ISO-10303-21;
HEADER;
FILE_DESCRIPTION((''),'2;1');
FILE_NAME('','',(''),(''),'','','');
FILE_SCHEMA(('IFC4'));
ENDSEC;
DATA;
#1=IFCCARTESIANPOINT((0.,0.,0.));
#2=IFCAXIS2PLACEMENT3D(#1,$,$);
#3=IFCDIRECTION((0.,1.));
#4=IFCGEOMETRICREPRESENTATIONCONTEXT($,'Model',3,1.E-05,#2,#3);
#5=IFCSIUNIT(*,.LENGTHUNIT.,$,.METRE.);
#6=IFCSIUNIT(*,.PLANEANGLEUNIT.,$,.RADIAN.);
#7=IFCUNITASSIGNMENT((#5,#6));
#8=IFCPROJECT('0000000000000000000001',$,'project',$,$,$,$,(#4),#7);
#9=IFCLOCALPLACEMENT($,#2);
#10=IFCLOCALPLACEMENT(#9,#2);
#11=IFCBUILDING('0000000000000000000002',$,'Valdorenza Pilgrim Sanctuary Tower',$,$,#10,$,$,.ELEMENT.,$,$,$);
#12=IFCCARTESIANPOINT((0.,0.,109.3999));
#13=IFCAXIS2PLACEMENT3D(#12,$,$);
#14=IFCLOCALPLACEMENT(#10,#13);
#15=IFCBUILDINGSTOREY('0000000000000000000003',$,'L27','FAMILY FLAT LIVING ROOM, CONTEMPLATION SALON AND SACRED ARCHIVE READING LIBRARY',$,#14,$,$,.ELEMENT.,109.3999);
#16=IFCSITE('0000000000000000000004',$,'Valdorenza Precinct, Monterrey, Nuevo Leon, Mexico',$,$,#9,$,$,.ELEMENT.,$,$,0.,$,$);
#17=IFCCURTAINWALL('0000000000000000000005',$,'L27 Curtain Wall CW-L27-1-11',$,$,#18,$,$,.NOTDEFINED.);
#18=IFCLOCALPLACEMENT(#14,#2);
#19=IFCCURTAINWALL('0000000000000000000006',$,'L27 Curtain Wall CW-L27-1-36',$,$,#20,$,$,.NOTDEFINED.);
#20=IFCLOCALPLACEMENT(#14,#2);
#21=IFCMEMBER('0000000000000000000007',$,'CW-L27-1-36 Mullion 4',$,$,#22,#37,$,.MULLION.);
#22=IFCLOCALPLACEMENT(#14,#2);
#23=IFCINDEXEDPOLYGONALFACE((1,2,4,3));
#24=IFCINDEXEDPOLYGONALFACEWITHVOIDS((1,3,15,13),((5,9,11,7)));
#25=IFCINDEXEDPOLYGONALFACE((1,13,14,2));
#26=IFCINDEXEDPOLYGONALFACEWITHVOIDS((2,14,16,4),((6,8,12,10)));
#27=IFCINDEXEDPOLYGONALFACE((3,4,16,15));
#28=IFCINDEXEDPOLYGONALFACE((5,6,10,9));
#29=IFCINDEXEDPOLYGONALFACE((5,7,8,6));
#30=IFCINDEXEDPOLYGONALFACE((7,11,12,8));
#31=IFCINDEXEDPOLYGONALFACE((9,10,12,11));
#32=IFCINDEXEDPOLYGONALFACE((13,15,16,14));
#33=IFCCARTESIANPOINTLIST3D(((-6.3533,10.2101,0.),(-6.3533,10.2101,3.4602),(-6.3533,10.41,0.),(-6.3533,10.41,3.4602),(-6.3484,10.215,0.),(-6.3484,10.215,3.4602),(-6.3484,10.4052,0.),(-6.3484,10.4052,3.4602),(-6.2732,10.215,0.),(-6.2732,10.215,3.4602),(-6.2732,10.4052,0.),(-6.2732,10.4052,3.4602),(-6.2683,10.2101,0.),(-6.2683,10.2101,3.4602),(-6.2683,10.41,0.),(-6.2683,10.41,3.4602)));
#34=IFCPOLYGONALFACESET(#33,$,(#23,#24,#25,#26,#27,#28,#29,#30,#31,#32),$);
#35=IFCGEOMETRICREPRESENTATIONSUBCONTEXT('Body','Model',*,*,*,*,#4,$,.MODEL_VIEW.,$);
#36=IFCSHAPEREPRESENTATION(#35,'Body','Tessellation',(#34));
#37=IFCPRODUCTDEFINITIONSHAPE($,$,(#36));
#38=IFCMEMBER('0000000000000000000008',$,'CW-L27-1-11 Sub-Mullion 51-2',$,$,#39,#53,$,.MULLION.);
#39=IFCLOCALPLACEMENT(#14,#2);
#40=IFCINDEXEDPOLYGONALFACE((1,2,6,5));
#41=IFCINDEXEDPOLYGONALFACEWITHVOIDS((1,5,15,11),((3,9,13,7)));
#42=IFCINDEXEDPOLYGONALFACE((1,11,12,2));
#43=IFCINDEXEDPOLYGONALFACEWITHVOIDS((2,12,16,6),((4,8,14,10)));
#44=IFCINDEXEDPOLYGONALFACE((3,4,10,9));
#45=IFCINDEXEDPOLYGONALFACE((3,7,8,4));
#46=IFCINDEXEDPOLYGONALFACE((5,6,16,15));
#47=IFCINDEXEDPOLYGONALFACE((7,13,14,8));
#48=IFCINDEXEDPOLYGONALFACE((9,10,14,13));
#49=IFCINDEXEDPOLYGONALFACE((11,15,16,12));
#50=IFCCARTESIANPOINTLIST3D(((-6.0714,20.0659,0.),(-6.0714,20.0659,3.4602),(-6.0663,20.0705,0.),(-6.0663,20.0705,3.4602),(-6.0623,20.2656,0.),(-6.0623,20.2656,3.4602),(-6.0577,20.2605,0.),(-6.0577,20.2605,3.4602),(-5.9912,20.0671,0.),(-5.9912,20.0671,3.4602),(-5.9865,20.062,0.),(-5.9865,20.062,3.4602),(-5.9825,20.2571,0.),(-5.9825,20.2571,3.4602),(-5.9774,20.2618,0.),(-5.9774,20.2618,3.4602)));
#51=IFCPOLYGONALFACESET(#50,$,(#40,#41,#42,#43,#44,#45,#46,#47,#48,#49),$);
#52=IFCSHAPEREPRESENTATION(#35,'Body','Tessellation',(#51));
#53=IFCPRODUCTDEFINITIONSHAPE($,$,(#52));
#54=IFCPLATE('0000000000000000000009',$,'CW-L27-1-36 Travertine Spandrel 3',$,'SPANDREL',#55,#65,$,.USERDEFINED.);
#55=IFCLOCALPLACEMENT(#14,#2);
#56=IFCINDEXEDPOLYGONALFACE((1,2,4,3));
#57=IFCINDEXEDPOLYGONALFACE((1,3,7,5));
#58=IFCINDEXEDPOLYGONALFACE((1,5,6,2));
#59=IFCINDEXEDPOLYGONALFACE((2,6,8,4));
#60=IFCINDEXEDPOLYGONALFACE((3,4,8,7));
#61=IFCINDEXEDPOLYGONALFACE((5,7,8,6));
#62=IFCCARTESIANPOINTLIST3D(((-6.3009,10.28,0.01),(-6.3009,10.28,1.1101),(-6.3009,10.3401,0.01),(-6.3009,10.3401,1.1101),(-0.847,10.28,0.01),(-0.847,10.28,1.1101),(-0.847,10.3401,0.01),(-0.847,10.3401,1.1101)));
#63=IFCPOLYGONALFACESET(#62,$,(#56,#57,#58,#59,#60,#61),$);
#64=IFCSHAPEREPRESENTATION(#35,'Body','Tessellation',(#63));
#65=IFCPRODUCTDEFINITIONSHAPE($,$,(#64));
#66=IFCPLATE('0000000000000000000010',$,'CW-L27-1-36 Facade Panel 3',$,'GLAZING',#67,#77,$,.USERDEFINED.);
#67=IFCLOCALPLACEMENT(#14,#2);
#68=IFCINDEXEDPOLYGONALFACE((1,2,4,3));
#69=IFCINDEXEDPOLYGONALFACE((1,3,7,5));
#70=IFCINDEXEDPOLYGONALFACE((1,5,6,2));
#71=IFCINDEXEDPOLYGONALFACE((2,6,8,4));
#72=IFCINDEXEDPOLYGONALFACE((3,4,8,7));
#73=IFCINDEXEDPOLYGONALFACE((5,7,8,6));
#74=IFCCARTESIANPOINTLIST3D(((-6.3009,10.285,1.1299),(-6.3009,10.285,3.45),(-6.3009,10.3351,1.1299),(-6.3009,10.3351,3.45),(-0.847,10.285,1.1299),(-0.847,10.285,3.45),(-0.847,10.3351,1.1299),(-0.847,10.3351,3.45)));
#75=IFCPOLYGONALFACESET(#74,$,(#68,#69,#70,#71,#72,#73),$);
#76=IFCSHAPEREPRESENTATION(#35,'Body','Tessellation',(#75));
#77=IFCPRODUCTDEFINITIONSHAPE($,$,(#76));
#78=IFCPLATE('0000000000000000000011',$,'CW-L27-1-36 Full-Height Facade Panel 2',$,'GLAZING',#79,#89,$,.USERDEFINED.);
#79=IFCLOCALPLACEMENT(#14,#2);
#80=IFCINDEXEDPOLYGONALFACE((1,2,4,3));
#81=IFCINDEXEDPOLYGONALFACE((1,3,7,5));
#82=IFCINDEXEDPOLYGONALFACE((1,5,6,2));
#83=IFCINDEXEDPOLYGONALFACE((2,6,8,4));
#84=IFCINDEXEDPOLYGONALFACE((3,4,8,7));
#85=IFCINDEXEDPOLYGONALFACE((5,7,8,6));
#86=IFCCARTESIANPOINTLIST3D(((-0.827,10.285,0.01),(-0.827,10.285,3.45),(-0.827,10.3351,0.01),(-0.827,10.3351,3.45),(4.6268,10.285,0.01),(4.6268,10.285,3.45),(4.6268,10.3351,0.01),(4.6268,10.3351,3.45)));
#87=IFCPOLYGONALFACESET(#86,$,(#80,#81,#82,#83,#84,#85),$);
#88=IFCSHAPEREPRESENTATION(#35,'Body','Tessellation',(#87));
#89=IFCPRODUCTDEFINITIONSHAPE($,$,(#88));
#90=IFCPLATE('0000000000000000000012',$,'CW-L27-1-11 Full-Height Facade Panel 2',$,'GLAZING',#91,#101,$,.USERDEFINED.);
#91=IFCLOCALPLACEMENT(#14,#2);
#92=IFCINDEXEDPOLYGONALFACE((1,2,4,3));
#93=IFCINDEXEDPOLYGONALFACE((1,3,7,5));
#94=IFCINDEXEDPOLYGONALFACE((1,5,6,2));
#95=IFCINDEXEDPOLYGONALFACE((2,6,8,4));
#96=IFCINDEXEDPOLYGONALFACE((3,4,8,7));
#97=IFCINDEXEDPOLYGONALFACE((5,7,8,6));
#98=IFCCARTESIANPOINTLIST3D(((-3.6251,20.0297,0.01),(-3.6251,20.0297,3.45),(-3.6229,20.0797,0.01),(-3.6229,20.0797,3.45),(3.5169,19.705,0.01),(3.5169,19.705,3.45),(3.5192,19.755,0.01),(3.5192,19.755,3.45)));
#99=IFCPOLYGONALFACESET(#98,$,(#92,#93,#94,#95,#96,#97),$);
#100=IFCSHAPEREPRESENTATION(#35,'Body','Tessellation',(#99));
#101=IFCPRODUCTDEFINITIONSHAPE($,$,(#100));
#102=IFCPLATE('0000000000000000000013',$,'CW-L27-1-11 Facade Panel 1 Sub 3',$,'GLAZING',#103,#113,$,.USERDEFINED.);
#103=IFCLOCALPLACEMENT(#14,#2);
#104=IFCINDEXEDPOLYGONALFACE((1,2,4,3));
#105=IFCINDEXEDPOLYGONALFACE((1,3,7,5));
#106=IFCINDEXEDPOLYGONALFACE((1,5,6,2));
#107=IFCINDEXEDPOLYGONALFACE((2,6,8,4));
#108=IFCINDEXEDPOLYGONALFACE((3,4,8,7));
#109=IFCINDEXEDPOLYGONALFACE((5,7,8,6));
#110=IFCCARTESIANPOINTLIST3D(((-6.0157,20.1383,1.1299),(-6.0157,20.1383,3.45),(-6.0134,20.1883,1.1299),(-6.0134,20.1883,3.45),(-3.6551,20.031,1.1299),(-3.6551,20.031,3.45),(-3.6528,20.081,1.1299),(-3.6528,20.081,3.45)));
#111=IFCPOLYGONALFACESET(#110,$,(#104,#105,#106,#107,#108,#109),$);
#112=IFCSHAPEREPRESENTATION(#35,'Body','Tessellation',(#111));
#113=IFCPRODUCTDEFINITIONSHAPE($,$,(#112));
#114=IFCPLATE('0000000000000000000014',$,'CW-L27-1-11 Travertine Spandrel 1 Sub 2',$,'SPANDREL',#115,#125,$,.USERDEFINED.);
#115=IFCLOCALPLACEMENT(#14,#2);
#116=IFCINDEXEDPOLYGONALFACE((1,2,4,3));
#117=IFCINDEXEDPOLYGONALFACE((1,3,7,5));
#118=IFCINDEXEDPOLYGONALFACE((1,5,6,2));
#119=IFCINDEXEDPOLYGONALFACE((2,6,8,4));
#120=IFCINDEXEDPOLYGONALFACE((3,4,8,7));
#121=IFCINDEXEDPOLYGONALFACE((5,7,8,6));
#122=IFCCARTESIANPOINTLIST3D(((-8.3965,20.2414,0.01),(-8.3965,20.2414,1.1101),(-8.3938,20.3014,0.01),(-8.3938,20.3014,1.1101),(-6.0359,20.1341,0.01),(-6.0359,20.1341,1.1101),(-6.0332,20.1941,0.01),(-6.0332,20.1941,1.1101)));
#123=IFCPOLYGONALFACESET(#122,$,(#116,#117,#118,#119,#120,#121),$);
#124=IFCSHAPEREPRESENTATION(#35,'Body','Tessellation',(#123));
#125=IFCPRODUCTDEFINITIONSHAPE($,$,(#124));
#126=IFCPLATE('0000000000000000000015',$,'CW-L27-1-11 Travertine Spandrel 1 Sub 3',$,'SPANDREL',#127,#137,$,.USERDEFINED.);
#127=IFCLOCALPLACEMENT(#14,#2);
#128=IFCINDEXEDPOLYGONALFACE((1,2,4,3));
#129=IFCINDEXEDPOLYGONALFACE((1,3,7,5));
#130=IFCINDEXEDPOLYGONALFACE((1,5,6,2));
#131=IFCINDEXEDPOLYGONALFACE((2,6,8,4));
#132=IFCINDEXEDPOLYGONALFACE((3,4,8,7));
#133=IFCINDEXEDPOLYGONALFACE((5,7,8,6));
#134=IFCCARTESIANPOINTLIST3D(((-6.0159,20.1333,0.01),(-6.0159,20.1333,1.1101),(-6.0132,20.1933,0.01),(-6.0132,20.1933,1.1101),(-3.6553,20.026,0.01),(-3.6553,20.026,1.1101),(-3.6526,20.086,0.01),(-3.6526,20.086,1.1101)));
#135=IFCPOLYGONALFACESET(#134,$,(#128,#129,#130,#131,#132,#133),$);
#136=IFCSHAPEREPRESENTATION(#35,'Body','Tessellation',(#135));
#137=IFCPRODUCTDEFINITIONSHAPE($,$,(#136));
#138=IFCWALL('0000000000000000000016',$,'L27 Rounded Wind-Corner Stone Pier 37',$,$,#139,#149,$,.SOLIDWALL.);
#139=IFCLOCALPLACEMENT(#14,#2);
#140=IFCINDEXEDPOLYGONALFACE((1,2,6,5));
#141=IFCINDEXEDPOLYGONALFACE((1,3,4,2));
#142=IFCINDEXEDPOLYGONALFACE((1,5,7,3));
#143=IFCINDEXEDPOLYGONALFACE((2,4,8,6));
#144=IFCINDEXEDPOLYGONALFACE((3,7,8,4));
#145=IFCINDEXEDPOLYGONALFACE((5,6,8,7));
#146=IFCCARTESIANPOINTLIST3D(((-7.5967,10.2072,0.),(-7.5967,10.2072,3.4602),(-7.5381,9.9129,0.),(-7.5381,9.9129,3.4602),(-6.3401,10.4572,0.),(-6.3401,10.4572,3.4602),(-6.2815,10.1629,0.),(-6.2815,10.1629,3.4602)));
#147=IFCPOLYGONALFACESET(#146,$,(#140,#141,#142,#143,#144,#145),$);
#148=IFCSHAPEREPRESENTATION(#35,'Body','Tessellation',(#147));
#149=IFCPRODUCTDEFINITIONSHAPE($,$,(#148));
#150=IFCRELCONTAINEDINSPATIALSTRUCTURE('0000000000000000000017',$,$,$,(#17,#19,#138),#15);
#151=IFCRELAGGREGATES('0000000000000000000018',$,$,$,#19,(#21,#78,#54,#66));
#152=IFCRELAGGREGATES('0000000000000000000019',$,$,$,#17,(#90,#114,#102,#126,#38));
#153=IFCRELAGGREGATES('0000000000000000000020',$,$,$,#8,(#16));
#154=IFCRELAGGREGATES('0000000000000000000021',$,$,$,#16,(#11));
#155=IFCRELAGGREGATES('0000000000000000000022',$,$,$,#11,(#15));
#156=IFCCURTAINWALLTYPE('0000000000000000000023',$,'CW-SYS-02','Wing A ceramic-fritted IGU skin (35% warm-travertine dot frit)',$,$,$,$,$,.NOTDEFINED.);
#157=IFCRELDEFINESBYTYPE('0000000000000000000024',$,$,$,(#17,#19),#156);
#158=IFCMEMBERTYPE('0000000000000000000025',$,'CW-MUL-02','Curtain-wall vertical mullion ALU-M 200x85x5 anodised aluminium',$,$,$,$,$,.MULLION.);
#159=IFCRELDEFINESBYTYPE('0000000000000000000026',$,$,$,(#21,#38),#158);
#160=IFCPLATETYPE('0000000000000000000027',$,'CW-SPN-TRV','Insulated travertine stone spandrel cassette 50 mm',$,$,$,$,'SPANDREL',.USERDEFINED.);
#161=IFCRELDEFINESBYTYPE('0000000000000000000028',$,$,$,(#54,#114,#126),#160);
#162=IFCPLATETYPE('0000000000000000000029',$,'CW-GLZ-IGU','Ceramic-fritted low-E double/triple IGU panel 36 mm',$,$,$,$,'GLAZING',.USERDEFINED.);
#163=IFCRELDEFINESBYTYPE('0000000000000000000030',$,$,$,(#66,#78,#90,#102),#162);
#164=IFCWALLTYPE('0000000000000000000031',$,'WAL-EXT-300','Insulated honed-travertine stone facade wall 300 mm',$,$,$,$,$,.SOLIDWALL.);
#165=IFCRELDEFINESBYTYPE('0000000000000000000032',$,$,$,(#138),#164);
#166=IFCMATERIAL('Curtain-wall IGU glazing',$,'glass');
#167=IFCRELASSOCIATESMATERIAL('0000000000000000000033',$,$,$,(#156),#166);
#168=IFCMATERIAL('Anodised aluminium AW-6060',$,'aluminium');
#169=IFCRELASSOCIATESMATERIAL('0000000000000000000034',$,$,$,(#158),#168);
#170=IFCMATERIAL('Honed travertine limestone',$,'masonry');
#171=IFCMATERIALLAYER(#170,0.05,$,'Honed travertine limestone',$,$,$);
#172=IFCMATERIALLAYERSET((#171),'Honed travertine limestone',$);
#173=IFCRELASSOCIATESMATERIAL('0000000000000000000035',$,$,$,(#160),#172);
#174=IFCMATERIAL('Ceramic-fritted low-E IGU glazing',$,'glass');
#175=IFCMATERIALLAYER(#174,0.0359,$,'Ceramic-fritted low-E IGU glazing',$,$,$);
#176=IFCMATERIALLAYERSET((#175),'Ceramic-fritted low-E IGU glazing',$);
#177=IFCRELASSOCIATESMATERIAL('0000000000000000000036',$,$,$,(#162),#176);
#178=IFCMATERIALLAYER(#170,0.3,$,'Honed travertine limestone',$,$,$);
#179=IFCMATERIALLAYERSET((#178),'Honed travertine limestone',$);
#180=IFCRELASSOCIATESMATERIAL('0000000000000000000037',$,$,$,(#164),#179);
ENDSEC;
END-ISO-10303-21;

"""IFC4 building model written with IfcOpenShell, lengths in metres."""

from ifc_helpers import new_model, si_unit, direction, frame, frame_2d, origin, origin_2d, place, context, subcontext, project, spatial, rectangle, hollow_rectangle, extrude, source, transform, mapped, material, layer, layer_set, material_profile, profile_set, type_object, element, aggregate, save


model = new_model("IFC4")

# Units and contexts
model_context = context("Model", 3, precision=1e-05, world=origin(), true_north=direction((0.0, 1.0)))
body_context = subcontext(model_context, "Body", "Model", "MODEL_VIEW")
ifc_project = project(units=[si_unit("LENGTHUNIT", "METRE"), si_unit("PLANEANGLEUNIT", "RADIAN")], contexts=[model_context])

# Site, building, storey
site_placement = place(None, origin())
site = spatial("IfcSite", under=ifc_project, at=site_placement, Name="Valdorenza Precinct, Monterrey, Nuevo Leon, Mexico", CompositionType="ELEMENT", RefElevation=0.0)
building_placement = place(site_placement, origin())
building = spatial("IfcBuilding", under=site, at=building_placement, Name="Valdorenza Pilgrim Sanctuary Tower", CompositionType="ELEMENT")
storey_placement = place(building_placement, frame((0.0, 0.0, 109.3999)))
storey = spatial("IfcBuildingStorey", under=building, at=storey_placement, Name="L27", Description="FAMILY FLAT LIVING ROOM, CONTEMPLATION SALON AND SACRED ARCHIVE READING LIBRARY", CompositionType="ELEMENT", Elevation=109.3999)

# Curtain walls, member
ifc_material_1 = material(Name="Curtain-wall IGU glazing", Category="glass")
curtain_wall_type = type_object("IfcCurtainWallType", Name="CW-SYS-02", Description="Wing A ceramic-fritted IGU skin (35% warm-travertine dot frit)", PredefinedType="NOTDEFINED", material=ifc_material_1)
curtain_wall_1_placement = place(storey_placement, origin())
curtain_wall_1 = element("IfcCurtainWall", 1, at=curtain_wall_1_placement, inside=storey, type_object=curtain_wall_type, Name="L27 Curtain Wall CW-L27-1-11", PredefinedType="NOTDEFINED")
ifc_material_2 = material(Name="Anodised aluminium AW-6060", Category="aluminium")
ifc_material_profile_1 = material_profile(ifc_material_2, hollow_rectangle(XDim=0.085, YDim=0.2, WallThickness=0.0049, at=origin_2d()), Name="ALU-M 200x85x5")
ifc_profile_set_1 = profile_set([ifc_material_profile_1], Name="Anodised aluminium AW-6060")
member_type = type_object("IfcMemberType", Name="CW-MUL-02", Description="Curtain-wall vertical mullion ALU-M 200x85x5 anodised aluminium", PredefinedType="MULLION", material=ifc_profile_set_1)
shared_shape_1 = source(origin(), body_context, "Body", "SweptSolid", [
    extrude(hollow_rectangle(XDim=0.085, YDim=0.2, WallThickness=0.0049, at=origin_2d()), origin(), (0.0, 0.0, 1.0), 3.4602),
])
curtain_wall_2_placement = place(storey_placement, origin())
curtain_wall_2 = element("IfcCurtainWall", 2, at=curtain_wall_2_placement, inside=storey, type_object=curtain_wall_type, Name="L27 Curtain Wall CW-L27-1-36", PredefinedType="NOTDEFINED")
member_1_placement = place(storey_placement, frame((-6.3108, 10.3101, 0.0), z_axis=(0.0, 0.0, 1.0), x_axis=(-1.0, 0.0, 0.0)))
member_1 = element("IfcMember", 3, at=member_1_placement, type_object=member_type, Name="CW-L27-1-36 Mullion 4", PredefinedType="MULLION", context=body_context, shape_type="MappedRepresentation", body=[
    mapped(shared_shape_1, transform((0.0, 0.0, 0.0), x_axis=(1.0, 0.0, 0.0), y_axis=(0.0, 1.0, 0.0), z_axis=(0.0, 0.0, 1.0), scale=1.0)),
])

# Member
member_2_placement = place(storey_placement, frame((-6.0244, 20.1638, 0.0), z_axis=(0.0, 0.0, 1.0), x_axis=(0.998968, -0.045415, 0.0)))
member_2 = element("IfcMember", 4, at=member_2_placement, type_object=member_type, Name="CW-L27-1-11 Sub-Mullion 51-2", PredefinedType="MULLION", context=body_context, shape_type="MappedRepresentation", body=[
    mapped(shared_shape_1, transform((0.0, 0.0, 0.0), x_axis=(1.0, 0.0, 0.0), y_axis=(0.0, 1.0, 0.0), z_axis=(0.0, 0.0, 1.0), scale=1.0)),
])

# Plates
ifc_material_3 = material(Name="Honed travertine limestone", Category="masonry")
ifc_layer_1 = layer(ifc_material_3, 0.05, Name="Honed travertine limestone")
ifc_layer_set_1 = layer_set([ifc_layer_1], Name="Honed travertine limestone")
plate_type_1 = type_object("IfcPlateType", Name="CW-SPN-TRV", Description="Insulated travertine stone spandrel cassette 50 mm", ElementType="SPANDREL", PredefinedType="USERDEFINED", material=ifc_layer_set_1)
shared_shape_2 = source(origin(), body_context, "Body", "SweptSolid", [
    extrude(rectangle(XDim=5.4539, YDim=0.0601, at=origin_2d()), origin(), (0.0, 0.0, 1.0), 1.1001),
])
plate_1_placement = place(storey_placement, frame((-3.574, 10.3101, 0.01), z_axis=(0.0, 0.0, 1.0), x_axis=(-1.0, 0.0, 0.0)))
plate_1 = element("IfcPlate", 5, at=plate_1_placement, type_object=plate_type_1, Name="CW-L27-1-36 Travertine Spandrel 3", ObjectType="SPANDREL", PredefinedType="USERDEFINED", context=body_context, shape_type="MappedRepresentation", body=[
    mapped(shared_shape_2, transform((0.0, 0.0, 0.0), x_axis=(1.0, 0.0, 0.0), y_axis=(0.0, 1.0, 0.0), z_axis=(0.0, 0.0, 1.0), scale=1.0)),
])
ifc_material_4 = material(Name="Ceramic-fritted low-E IGU glazing", Category="glass")
ifc_layer_2 = layer(ifc_material_4, 0.0359, Name="Ceramic-fritted low-E IGU glazing")
ifc_layer_set_2 = layer_set([ifc_layer_2], Name="Ceramic-fritted low-E IGU glazing")
plate_type_2 = type_object("IfcPlateType", Name="CW-GLZ-IGU", Description="Ceramic-fritted low-E double/triple IGU panel 36 mm", ElementType="GLAZING", PredefinedType="USERDEFINED", material=ifc_layer_set_2)
shared_shape_3 = source(origin(), body_context, "Body", "SweptSolid", [
    extrude(rectangle(XDim=5.4539, YDim=0.05, at=origin_2d()), origin(), (0.0, 0.0, 1.0), 2.3201),
])
plate_2_placement = place(storey_placement, frame((-3.574, 10.3101, 1.1299), z_axis=(0.0, 0.0, 1.0), x_axis=(-1.0, 0.0, 0.0)))
plate_2 = element("IfcPlate", 6, at=plate_2_placement, type_object=plate_type_2, Name="CW-L27-1-36 Facade Panel 3", ObjectType="GLAZING", PredefinedType="USERDEFINED", context=body_context, shape_type="MappedRepresentation", body=[
    mapped(shared_shape_3, transform((0.0, 0.0, 0.0), x_axis=(1.0, 0.0, 0.0), y_axis=(0.0, 1.0, 0.0), z_axis=(0.0, 0.0, 1.0), scale=1.0)),
])
shared_shape_4 = source(origin(), body_context, "Body", "SweptSolid", [
    extrude(rectangle(XDim=5.4539, YDim=0.05, at=origin_2d()), origin(), (0.0, 0.0, 1.0), 3.4399),
])
plate_3_placement = place(storey_placement, frame((1.8999, 10.3101, 0.01), z_axis=(0.0, 0.0, 1.0), x_axis=(-1.0, 0.0, 0.0)))
plate_3 = element("IfcPlate", 7, at=plate_3_placement, type_object=plate_type_2, Name="CW-L27-1-36 Full-Height Facade Panel 2", ObjectType="GLAZING", PredefinedType="USERDEFINED", context=body_context, shape_type="MappedRepresentation", body=[
    mapped(shared_shape_4, transform((0.0, 0.0, 0.0), x_axis=(1.0, 0.0, 0.0), y_axis=(0.0, 1.0, 0.0), z_axis=(0.0, 0.0, 1.0), scale=1.0)),
])
aggregate(curtain_wall_2, [member_1, plate_3, plate_1, plate_2])
shared_shape_5 = source(origin(), body_context, "Body", "SweptSolid", [
    extrude(rectangle(XDim=7.1494, YDim=0.05, at=origin_2d()), origin(), (0.0, 0.0, 1.0), 3.4399),
])
plate_4_placement = place(storey_placement, frame((-0.053, 19.8923, 0.01), z_axis=(0.0, 0.0, 1.0), x_axis=(0.998968, -0.045415, 0.0)))
plate_4 = element("IfcPlate", 8, at=plate_4_placement, type_object=plate_type_2, Name="CW-L27-1-11 Full-Height Facade Panel 2", ObjectType="GLAZING", PredefinedType="USERDEFINED", context=body_context, shape_type="MappedRepresentation", body=[
    mapped(shared_shape_5, transform((0.0, 0.0, 0.0), x_axis=(1.0, 0.0, 0.0), y_axis=(0.0, 1.0, 0.0), z_axis=(0.0, 0.0, 1.0), scale=1.0)),
])
shared_shape_6 = source(origin(), body_context, "Body", "SweptSolid", [
    extrude(rectangle(XDim=2.363, YDim=0.05, at=origin_2d()), origin(), (0.0, 0.0, 1.0), 2.3201),
])
plate_5_placement = place(storey_placement, frame((-4.8342, 20.1096, 1.1299), z_axis=(0.0, 0.0, 1.0), x_axis=(0.998968, -0.045415, 0.0)))
plate_5 = element("IfcPlate", 9, at=plate_5_placement, type_object=plate_type_2, Name="CW-L27-1-11 Facade Panel 1 Sub 3", ObjectType="GLAZING", PredefinedType="USERDEFINED", context=body_context, shape_type="MappedRepresentation", body=[
    mapped(shared_shape_6, transform((0.0, 0.0, 0.0), x_axis=(1.0, 0.0, 0.0), y_axis=(0.0, 1.0, 0.0), z_axis=(0.0, 0.0, 1.0), scale=1.0)),
])
shared_shape_7 = source(origin(), body_context, "Body", "SweptSolid", [
    extrude(rectangle(XDim=2.363, YDim=0.0601, at=origin_2d()), origin(), (0.0, 0.0, 1.0), 1.1001),
])
plate_6_placement = place(storey_placement, frame((-7.2148, 20.2178, 0.01), z_axis=(0.0, 0.0, 1.0), x_axis=(0.998968, -0.045415, 0.0)))
plate_6 = element("IfcPlate", 10, at=plate_6_placement, type_object=plate_type_1, Name="CW-L27-1-11 Travertine Spandrel 1 Sub 2", ObjectType="SPANDREL", PredefinedType="USERDEFINED", context=body_context, shape_type="MappedRepresentation", body=[
    mapped(shared_shape_7, transform((0.0, 0.0, 0.0), x_axis=(1.0, 0.0, 0.0), y_axis=(0.0, 1.0, 0.0), z_axis=(0.0, 0.0, 1.0), scale=1.0)),
])
plate_7_placement = place(storey_placement, frame((-4.8342, 20.1096, 0.01), z_axis=(0.0, 0.0, 1.0), x_axis=(0.998968, -0.045415, 0.0)))
plate_7 = element("IfcPlate", 11, at=plate_7_placement, type_object=plate_type_1, Name="CW-L27-1-11 Travertine Spandrel 1 Sub 3", ObjectType="SPANDREL", PredefinedType="USERDEFINED", context=body_context, shape_type="MappedRepresentation", body=[
    mapped(shared_shape_7, transform((0.0, 0.0, 0.0), x_axis=(1.0, 0.0, 0.0), y_axis=(0.0, 1.0, 0.0), z_axis=(0.0, 0.0, 1.0), scale=1.0)),
])
aggregate(curtain_wall_1, [plate_4, plate_6, plate_5, plate_7, member_2])

# Wall
ifc_layer_3 = layer(ifc_material_3, 0.3, Name="Honed travertine limestone")
ifc_layer_set_3 = layer_set([ifc_layer_3], Name="Honed travertine limestone")
wall_type_1 = type_object("IfcWallType", Name="WAL-EXT-300", Description="Insulated honed-travertine stone facade wall 300 mm", PredefinedType="SOLIDWALL", material=ifc_layer_set_3)
wall_1_placement = place(storey_placement, frame((-6.3108, 10.3101, 0.0), z_axis=(0.0, 0.0, 1.0), x_axis=(-0.980778, -0.195127, 0.0)))
element("IfcWall", 12, at=wall_1_placement, inside=storey, type_object=wall_type_1, Name="L27 Rounded Wind-Corner Stone Pier 37", PredefinedType="SOLIDWALL", context=body_context, shape_type="SweptSolid", body=[
    extrude(rectangle(XDim=1.2812, YDim=0.3, at=frame_2d((0.6406, 0.0))), origin(), (0.0, 0.0, 1.0), 3.4602),
])

save(model, "model.ifc")
